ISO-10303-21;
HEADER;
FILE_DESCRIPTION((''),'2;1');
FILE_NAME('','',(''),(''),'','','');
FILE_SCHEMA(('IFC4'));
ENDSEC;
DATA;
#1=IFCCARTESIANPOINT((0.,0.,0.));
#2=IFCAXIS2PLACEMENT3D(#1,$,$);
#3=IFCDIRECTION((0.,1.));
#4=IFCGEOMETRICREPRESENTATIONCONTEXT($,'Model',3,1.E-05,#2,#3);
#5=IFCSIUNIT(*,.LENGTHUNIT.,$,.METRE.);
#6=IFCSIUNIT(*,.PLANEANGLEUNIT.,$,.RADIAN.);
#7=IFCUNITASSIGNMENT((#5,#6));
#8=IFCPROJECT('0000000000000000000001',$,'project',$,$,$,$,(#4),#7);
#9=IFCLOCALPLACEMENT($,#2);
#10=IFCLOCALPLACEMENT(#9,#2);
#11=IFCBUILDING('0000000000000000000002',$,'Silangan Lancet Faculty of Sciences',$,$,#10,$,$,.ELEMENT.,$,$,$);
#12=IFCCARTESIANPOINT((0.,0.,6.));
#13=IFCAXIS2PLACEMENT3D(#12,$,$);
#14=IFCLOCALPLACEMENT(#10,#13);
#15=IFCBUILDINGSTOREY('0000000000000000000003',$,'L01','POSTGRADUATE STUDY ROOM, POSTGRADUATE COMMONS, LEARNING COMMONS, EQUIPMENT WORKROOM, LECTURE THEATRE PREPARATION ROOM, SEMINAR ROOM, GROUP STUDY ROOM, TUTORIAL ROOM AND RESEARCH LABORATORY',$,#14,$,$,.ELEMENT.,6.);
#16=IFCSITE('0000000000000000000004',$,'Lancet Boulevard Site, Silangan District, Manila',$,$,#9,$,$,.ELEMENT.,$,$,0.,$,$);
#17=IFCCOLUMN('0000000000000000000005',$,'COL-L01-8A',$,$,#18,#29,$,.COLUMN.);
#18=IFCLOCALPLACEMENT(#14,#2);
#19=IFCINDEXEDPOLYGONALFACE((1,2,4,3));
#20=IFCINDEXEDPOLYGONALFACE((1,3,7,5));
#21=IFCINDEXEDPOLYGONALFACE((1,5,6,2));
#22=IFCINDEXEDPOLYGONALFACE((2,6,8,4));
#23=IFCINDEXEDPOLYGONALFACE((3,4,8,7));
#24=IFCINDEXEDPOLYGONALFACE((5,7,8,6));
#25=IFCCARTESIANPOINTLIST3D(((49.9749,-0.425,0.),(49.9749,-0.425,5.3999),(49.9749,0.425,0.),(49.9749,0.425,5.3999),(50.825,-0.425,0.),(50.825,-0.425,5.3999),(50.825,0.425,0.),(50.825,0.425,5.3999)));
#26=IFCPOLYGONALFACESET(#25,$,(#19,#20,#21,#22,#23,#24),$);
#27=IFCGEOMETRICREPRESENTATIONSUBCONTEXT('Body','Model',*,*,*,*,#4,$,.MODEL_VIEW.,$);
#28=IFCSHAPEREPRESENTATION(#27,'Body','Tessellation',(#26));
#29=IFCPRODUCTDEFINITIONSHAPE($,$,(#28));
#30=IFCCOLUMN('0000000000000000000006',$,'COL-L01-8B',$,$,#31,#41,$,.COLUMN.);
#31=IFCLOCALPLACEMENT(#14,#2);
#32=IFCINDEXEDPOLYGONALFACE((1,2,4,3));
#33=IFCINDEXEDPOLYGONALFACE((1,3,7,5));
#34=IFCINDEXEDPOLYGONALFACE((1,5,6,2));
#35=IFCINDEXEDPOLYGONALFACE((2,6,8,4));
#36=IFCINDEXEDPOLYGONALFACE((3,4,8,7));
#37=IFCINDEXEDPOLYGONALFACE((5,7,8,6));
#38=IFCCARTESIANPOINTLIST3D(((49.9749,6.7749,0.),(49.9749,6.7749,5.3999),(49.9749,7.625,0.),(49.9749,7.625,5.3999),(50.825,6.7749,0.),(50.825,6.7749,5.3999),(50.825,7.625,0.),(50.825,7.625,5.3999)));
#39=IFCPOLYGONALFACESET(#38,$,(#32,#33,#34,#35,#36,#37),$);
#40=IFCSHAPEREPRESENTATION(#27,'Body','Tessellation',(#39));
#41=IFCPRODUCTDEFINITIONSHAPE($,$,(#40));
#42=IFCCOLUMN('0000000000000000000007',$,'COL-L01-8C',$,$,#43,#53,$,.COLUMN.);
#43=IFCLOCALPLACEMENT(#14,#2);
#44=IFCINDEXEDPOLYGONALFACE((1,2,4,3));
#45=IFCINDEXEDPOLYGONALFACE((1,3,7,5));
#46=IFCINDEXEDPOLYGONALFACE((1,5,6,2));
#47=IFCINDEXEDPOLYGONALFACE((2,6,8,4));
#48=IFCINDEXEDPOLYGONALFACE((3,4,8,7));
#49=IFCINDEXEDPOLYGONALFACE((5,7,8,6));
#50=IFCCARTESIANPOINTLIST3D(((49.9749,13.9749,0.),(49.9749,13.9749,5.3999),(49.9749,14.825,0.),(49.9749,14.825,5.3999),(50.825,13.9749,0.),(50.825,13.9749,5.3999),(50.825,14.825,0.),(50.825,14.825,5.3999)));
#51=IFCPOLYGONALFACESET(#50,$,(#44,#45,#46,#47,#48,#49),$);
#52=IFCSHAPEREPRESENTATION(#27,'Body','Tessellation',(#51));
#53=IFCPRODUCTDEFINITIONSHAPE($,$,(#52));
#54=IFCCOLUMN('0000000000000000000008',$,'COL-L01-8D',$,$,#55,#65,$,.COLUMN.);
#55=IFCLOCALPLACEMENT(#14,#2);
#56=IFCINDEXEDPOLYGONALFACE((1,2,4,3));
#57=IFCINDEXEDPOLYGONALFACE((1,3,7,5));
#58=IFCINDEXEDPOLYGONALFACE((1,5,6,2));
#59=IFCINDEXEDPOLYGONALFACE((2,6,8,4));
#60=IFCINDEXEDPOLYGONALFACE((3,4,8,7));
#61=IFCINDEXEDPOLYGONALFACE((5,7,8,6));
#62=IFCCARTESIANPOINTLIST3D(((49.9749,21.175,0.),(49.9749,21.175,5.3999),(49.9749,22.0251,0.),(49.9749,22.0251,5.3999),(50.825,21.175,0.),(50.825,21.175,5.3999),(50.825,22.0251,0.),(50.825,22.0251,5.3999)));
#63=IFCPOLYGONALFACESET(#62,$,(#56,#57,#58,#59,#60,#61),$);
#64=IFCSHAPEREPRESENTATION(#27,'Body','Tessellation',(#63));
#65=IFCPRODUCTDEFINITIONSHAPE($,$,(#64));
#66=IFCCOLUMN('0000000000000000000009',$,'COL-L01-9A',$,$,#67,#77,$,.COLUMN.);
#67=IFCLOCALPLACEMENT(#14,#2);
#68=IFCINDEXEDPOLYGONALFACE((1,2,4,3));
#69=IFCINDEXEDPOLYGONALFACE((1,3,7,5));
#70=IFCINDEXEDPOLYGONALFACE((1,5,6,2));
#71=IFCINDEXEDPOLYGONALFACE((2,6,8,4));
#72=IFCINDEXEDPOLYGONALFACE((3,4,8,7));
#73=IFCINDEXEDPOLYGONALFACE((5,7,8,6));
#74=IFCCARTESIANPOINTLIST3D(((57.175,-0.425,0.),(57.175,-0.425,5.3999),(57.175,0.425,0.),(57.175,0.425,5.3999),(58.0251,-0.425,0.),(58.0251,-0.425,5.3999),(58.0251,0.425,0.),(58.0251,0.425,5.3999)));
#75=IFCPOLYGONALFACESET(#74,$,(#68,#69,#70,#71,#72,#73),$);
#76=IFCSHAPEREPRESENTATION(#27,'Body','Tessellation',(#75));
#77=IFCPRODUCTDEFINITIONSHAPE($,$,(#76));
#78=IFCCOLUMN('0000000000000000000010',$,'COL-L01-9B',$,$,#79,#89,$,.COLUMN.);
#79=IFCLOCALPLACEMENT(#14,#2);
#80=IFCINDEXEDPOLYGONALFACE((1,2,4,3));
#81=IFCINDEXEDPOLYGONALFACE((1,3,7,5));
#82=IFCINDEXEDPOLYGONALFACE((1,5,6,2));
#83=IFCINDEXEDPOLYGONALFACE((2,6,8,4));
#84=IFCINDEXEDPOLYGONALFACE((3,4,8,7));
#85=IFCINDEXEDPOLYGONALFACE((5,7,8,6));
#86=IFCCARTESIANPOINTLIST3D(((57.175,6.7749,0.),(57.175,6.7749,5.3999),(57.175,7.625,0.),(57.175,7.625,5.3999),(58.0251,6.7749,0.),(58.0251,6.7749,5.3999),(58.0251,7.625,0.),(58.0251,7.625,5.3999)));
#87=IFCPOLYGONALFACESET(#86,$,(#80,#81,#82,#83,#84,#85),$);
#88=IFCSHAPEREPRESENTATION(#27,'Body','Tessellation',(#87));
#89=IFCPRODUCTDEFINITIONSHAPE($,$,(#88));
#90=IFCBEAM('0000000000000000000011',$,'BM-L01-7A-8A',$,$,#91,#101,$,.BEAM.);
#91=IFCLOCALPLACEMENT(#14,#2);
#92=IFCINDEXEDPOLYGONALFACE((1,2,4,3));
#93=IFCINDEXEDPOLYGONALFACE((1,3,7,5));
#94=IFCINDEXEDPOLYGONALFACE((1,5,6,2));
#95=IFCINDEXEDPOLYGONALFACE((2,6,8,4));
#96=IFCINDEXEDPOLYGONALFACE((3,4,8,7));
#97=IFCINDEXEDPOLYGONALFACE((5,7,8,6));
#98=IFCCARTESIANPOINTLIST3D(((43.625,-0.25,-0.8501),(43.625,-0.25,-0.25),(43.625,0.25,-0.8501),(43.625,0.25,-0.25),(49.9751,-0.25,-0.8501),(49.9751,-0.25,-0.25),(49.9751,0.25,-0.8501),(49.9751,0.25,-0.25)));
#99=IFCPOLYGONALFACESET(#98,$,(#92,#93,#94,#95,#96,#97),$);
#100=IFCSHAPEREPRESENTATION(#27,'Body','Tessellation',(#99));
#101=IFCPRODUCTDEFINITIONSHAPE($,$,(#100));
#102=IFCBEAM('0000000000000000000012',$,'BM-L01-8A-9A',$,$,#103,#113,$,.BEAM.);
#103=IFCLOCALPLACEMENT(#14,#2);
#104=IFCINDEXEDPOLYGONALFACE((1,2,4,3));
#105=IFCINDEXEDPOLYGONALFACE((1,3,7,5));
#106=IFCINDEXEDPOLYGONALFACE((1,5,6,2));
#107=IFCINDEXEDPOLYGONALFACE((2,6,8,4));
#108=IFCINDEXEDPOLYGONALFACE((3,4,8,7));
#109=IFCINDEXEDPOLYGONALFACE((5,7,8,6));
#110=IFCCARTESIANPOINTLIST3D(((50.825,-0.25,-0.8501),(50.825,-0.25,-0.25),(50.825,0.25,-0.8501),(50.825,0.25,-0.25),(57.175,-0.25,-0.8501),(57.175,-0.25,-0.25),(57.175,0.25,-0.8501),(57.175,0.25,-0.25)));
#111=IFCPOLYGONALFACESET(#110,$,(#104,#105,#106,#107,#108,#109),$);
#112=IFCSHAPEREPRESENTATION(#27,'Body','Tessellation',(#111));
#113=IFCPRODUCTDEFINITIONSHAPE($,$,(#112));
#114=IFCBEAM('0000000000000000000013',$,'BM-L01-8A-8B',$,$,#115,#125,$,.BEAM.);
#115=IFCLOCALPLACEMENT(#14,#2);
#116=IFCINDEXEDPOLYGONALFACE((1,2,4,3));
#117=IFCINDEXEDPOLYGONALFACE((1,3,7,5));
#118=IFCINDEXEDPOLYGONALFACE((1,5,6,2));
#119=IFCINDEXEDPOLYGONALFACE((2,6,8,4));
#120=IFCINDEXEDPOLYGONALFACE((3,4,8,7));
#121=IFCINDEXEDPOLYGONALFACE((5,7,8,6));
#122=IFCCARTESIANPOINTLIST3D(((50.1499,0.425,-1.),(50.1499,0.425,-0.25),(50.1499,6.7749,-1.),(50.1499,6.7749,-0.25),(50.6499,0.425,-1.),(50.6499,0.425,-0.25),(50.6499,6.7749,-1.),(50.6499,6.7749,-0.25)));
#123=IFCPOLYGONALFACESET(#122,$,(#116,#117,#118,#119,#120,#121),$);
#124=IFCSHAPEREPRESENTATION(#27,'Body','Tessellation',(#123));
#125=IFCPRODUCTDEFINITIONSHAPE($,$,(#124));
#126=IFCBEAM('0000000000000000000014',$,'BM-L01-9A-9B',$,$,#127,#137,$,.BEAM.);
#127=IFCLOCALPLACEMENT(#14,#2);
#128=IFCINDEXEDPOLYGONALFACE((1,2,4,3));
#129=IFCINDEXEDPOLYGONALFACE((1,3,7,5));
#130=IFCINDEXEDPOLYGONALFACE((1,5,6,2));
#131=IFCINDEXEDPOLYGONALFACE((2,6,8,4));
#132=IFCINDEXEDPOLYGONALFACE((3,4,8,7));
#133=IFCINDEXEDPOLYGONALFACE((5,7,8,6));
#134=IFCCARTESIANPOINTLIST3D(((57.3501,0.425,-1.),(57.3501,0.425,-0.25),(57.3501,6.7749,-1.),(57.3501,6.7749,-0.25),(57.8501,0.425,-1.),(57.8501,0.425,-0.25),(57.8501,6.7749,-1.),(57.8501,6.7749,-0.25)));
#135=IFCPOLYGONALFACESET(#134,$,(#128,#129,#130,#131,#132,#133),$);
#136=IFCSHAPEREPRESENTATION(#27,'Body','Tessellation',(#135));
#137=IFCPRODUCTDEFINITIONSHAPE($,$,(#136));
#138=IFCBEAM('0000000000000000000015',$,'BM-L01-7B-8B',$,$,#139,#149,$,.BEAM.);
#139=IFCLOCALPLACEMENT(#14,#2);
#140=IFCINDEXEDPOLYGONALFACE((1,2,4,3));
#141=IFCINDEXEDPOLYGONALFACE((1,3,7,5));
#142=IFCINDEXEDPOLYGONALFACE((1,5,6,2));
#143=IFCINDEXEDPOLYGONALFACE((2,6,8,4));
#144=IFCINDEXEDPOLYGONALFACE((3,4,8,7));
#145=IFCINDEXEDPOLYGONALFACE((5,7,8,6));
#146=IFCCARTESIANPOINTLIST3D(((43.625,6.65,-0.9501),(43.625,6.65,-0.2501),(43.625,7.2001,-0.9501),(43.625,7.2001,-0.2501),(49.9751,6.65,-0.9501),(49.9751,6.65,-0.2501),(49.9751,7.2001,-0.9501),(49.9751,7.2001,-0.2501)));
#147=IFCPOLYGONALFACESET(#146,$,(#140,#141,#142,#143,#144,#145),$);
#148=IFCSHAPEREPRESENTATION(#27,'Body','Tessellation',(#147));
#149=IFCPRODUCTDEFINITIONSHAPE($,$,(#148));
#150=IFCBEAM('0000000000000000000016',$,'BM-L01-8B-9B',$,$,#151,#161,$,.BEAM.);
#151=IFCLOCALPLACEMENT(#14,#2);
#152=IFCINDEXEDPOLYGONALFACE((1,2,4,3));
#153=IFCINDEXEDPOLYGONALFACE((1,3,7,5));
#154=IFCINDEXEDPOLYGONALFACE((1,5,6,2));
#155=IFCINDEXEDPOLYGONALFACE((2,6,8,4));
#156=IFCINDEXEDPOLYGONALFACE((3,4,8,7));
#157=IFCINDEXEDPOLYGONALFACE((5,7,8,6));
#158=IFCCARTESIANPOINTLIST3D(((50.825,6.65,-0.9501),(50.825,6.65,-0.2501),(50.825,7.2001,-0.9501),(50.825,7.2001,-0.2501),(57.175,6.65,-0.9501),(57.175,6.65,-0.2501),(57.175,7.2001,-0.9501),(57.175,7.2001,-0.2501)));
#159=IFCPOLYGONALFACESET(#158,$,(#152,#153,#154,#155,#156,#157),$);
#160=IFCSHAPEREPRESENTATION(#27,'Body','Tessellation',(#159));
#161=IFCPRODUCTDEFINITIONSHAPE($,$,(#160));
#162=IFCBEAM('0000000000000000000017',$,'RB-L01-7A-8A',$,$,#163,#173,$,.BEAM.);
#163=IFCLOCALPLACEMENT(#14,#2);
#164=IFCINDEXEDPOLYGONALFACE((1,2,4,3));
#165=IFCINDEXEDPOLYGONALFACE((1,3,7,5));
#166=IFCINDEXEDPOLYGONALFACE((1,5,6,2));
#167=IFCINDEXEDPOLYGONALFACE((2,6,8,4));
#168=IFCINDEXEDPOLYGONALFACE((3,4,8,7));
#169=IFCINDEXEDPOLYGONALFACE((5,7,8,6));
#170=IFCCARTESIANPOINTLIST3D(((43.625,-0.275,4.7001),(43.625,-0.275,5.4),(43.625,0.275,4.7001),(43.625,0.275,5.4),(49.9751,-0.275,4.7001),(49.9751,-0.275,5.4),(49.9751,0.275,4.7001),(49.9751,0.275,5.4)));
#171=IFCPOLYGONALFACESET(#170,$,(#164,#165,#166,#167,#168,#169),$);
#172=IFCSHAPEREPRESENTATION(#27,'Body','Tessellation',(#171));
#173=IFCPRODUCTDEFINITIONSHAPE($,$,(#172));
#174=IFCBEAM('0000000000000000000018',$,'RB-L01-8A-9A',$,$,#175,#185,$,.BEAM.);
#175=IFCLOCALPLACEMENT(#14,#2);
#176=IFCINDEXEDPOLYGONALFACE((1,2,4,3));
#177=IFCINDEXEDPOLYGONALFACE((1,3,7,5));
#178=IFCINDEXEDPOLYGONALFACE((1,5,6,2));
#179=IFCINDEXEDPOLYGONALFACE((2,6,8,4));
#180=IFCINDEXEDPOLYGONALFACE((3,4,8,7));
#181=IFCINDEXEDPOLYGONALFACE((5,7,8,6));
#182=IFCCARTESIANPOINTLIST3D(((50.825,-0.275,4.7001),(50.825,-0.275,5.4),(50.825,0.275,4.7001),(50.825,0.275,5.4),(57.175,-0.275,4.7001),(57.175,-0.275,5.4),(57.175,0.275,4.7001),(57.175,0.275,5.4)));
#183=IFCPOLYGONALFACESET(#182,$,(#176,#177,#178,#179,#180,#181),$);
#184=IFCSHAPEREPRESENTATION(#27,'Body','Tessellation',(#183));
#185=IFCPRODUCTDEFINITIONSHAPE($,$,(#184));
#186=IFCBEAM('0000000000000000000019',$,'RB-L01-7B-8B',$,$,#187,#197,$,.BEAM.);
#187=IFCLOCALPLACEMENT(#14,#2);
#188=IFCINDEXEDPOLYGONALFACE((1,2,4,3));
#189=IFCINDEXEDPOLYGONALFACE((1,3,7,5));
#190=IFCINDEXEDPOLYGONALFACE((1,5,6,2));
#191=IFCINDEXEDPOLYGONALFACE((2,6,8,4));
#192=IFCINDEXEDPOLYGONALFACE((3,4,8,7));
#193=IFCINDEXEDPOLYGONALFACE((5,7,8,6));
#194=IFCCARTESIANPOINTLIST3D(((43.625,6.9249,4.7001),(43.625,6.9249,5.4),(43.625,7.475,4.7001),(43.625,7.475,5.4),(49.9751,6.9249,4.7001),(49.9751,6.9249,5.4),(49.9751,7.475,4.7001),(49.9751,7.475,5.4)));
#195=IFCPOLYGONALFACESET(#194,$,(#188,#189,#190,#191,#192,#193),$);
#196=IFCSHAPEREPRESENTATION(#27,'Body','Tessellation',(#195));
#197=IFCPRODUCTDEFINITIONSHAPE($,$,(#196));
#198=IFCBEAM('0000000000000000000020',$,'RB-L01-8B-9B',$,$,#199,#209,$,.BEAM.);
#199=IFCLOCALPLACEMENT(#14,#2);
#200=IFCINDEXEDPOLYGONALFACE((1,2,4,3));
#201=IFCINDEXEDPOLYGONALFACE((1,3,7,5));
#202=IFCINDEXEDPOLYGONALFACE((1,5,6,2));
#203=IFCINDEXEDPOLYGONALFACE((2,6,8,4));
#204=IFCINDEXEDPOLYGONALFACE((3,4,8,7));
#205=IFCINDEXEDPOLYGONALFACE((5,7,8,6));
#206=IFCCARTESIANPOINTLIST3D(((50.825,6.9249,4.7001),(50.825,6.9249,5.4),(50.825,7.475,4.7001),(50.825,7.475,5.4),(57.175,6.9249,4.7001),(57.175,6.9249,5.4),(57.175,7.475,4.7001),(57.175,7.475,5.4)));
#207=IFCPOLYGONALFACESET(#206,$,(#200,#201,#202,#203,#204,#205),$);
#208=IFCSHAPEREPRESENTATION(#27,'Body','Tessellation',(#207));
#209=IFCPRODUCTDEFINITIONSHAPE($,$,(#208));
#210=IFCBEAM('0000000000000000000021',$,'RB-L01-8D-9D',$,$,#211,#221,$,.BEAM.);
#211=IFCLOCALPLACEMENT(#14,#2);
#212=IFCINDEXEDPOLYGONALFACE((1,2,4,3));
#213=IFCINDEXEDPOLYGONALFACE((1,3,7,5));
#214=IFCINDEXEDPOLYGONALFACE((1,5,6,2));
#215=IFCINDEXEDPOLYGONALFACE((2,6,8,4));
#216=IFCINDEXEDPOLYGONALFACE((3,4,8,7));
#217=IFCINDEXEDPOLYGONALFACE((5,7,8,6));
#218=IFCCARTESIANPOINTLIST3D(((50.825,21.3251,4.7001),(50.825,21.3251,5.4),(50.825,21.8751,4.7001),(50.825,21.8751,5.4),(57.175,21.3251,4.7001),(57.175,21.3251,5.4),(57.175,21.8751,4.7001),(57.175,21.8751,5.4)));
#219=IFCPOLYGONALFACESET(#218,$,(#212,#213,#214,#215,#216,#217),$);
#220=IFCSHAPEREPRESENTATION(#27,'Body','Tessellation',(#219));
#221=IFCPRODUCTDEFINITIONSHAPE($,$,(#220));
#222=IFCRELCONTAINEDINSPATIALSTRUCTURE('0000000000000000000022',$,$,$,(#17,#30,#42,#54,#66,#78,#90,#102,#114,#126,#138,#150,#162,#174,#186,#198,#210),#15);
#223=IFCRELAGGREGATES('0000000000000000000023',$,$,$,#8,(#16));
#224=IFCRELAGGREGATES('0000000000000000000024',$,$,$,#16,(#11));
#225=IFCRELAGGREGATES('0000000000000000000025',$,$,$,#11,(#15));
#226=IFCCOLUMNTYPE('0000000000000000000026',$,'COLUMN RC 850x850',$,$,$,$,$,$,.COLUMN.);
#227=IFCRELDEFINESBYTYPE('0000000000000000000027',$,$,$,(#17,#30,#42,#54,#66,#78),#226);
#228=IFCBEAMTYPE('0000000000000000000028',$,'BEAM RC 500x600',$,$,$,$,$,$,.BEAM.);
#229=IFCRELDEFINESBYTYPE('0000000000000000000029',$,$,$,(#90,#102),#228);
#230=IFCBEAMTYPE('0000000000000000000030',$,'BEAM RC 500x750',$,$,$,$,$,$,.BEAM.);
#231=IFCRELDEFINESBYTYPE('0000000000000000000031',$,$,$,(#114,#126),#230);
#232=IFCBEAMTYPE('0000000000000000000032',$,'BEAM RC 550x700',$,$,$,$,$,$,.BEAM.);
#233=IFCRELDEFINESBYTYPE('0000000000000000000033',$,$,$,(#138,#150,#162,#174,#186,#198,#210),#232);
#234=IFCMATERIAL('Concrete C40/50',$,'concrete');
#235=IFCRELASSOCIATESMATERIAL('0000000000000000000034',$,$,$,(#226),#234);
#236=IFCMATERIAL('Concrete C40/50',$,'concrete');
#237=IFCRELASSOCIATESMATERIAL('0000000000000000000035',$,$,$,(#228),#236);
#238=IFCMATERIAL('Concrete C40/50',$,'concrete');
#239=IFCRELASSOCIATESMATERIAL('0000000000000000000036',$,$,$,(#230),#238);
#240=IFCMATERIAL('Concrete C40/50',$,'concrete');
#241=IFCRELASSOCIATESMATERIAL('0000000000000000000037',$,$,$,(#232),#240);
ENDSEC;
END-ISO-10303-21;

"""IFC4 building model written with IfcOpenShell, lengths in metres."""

from ifc_helpers import new_model, si_unit, direction, frame, origin, origin_2d, place, context, subcontext, project, spatial, rectangle, extrude, material, material_profile, profile_set, type_object, element, save


model = new_model("IFC4")

# Units and contexts
model_context = context("Model", 3, precision=1e-05, world=origin(), true_north=direction((0.0, 1.0)))
body_context = subcontext(model_context, "Body", "Model", "MODEL_VIEW")
ifc_project = project(units=[si_unit("LENGTHUNIT", "METRE"), si_unit("PLANEANGLEUNIT", "RADIAN")], contexts=[model_context])

# Site, building, storey
site_placement = place(None, origin())
site = spatial("IfcSite", under=ifc_project, at=site_placement, Name="Lancet Boulevard Site, Silangan District, Manila", CompositionType="ELEMENT", RefElevation=0.0)
building_placement = place(site_placement, origin())
building = spatial("IfcBuilding", under=site, at=building_placement, Name="Silangan Lancet Faculty of Sciences", CompositionType="ELEMENT")
storey_placement = place(building_placement, frame((0.0, 0.0, 6.0)))
storey = spatial("IfcBuildingStorey", under=building, at=storey_placement, Name="L01", Description="POSTGRADUATE STUDY ROOM, POSTGRADUATE COMMONS, LEARNING COMMONS, EQUIPMENT WORKROOM, LECTURE THEATRE PREPARATION ROOM, SEMINAR ROOM, GROUP STUDY ROOM, TUTORIAL ROOM AND RESEARCH LABORATORY", CompositionType="ELEMENT", Elevation=6.0)

# Columns
ifc_material_1 = material(Name="Concrete C40/50", Category="concrete")
ifc_material_profile_1 = material_profile(ifc_material_1, rectangle(XDim=0.8501, YDim=0.8501, at=origin_2d()), Name="RC 850x850")
ifc_profile_set_1 = profile_set([ifc_material_profile_1], Name="Concrete C40/50")
column_type = type_object("IfcColumnType", Name="COLUMN RC 850x850", PredefinedType="COLUMN", material=ifc_profile_set_1)
for number, where, z_axis, x_axis, name in (
    (1, (50.3999, 0.0, 0.0), (0.0, 0.0, 1.0), (1.0, 0.0, 0.0), "COL-L01-8A"),
    (2, (50.3999, 7.2, 0.0), (0.0, 0.0, 1.0), (1.0, 0.0, 0.0), "COL-L01-8B"),
    (3, (50.3999, 14.3999, 0.0), (0.0, 0.0, 1.0), (1.0, 0.0, 0.0), "COL-L01-8C"),
    (4, (50.3999, 21.6001, 0.0), (0.0, 0.0, 1.0), (1.0, 0.0, 0.0), "COL-L01-8D"),
    (5, (57.6001, 0.0, 0.0), (0.0, 0.0, 1.0), (1.0, 0.0, 0.0), "COL-L01-9A"),
    (6, (57.6001, 7.2, 0.0), (0.0, 0.0, 1.0), (1.0, 0.0, 0.0), "COL-L01-9B"),
):
    element("IfcColumn", number, at=place(storey_placement, frame(where, z_axis=z_axis, x_axis=x_axis)), inside=storey, type_object=column_type, Name=name, PredefinedType="COLUMN", context=body_context, shape_type="SweptSolid", body=[
        extrude(rectangle(XDim=0.8501, YDim=0.8501, at=origin_2d()), origin(), (0.0, 0.0, 1.0), 5.3999),
    ])

# Beams
ifc_material_2 = material(Name="Concrete C40/50", Category="concrete")
ifc_material_profile_2 = material_profile(ifc_material_2, rectangle(XDim=0.5, YDim=0.6001, at=origin_2d()), Name="RC 500x600")
ifc_profile_set_2 = profile_set([ifc_material_profile_2], Name="Concrete C40/50")
beam_type_1 = type_object("IfcBeamType", Name="BEAM RC 500x600", PredefinedType="BEAM", material=ifc_profile_set_2)
for number, where, z_axis, x_axis, name in (
    (7, (43.625, 0.0, -0.55), (1.0, 0.0, 0.0), (0.0, 1.0, 0.0), "BM-L01-7A-8A"),
    (8, (50.825, 0.0, -0.55), (1.0, 0.0, 0.0), (0.0, 1.0, 0.0), "BM-L01-8A-9A"),
):
    element("IfcBeam", number, at=place(storey_placement, frame(where, z_axis=z_axis, x_axis=x_axis)), inside=storey, type_object=beam_type_1, Name=name, PredefinedType="BEAM", context=body_context, shape_type="SweptSolid", body=[
        extrude(rectangle(XDim=0.5, YDim=0.6001, at=origin_2d()), origin(), (0.0, 0.0, 1.0), 6.3501),
    ])
ifc_material_3 = material(Name="Concrete C40/50", Category="concrete")
ifc_material_profile_3 = material_profile(ifc_material_3, rectangle(XDim=0.5, YDim=0.75, at=origin_2d()), Name="RC 500x750")
ifc_profile_set_3 = profile_set([ifc_material_profile_3], Name="Concrete C40/50")
beam_type_2 = type_object("IfcBeamType", Name="BEAM RC 500x750", PredefinedType="BEAM", material=ifc_profile_set_3)
for number, where, z_axis, x_axis, name in (
    (9, (50.3999, 0.425, -0.625), (0.0, 1.0, 0.0), (-1.0, 0.0, 0.0), "BM-L01-8A-8B"),
    (10, (57.6001, 0.425, -0.625), (0.0, 1.0, 0.0), (-1.0, 0.0, 0.0), "BM-L01-9A-9B"),
):
    element("IfcBeam", number, at=place(storey_placement, frame(where, z_axis=z_axis, x_axis=x_axis)), inside=storey, type_object=beam_type_2, Name=name, PredefinedType="BEAM", context=body_context, shape_type="SweptSolid", body=[
        extrude(rectangle(XDim=0.5, YDim=0.75, at=origin_2d()), origin(), (0.0, 0.0, 1.0), 6.3499),
    ])
ifc_material_4 = material(Name="Concrete C40/50", Category="concrete")
ifc_material_profile_4 = material_profile(ifc_material_4, rectangle(XDim=0.55, YDim=0.7, at=origin_2d()), Name="RC 550x700")
ifc_profile_set_4 = profile_set([ifc_material_profile_4], Name="Concrete C40/50")
beam_type_3 = type_object("IfcBeamType", Name="BEAM RC 550x700", PredefinedType="BEAM", material=ifc_profile_set_4)
for number, where, z_axis, x_axis, name in (
    (11, (43.625, 6.925, -0.6001), (1.0, 0.0, 0.0), (0.0, 1.0, 0.0), "BM-L01-7B-8B"),
    (12, (50.825, 6.925, -0.6001), (1.0, 0.0, 0.0), (0.0, 1.0, 0.0), "BM-L01-8B-9B"),
    (13, (43.625, 0.0, 5.05), (1.0, 0.0, 0.0), (0.0, 1.0, 0.0), "RB-L01-7A-8A"),
    (14, (50.825, 0.0, 5.05), (1.0, 0.0, 0.0), (0.0, 1.0, 0.0), "RB-L01-8A-9A"),
    (15, (43.625, 7.2, 5.05), (1.0, 0.0, 0.0), (0.0, 1.0, 0.0), "RB-L01-7B-8B"),
    (16, (50.825, 7.2, 5.05), (1.0, 0.0, 0.0), (0.0, 1.0, 0.0), "RB-L01-8B-9B"),
    (17, (50.825, 21.6001, 5.05), (1.0, 0.0, 0.0), (0.0, 1.0, 0.0), "RB-L01-8D-9D"),
):
    element("IfcBeam", number, at=place(storey_placement, frame(where, z_axis=z_axis, x_axis=x_axis)), inside=storey, type_object=beam_type_3, Name=name, PredefinedType="BEAM", context=body_context, shape_type="SweptSolid", body=[
        extrude(rectangle(XDim=0.55, YDim=0.7, at=origin_2d()), origin(), (0.0, 0.0, 1.0), 6.3501),
    ])

save(model, "model.ifc")
